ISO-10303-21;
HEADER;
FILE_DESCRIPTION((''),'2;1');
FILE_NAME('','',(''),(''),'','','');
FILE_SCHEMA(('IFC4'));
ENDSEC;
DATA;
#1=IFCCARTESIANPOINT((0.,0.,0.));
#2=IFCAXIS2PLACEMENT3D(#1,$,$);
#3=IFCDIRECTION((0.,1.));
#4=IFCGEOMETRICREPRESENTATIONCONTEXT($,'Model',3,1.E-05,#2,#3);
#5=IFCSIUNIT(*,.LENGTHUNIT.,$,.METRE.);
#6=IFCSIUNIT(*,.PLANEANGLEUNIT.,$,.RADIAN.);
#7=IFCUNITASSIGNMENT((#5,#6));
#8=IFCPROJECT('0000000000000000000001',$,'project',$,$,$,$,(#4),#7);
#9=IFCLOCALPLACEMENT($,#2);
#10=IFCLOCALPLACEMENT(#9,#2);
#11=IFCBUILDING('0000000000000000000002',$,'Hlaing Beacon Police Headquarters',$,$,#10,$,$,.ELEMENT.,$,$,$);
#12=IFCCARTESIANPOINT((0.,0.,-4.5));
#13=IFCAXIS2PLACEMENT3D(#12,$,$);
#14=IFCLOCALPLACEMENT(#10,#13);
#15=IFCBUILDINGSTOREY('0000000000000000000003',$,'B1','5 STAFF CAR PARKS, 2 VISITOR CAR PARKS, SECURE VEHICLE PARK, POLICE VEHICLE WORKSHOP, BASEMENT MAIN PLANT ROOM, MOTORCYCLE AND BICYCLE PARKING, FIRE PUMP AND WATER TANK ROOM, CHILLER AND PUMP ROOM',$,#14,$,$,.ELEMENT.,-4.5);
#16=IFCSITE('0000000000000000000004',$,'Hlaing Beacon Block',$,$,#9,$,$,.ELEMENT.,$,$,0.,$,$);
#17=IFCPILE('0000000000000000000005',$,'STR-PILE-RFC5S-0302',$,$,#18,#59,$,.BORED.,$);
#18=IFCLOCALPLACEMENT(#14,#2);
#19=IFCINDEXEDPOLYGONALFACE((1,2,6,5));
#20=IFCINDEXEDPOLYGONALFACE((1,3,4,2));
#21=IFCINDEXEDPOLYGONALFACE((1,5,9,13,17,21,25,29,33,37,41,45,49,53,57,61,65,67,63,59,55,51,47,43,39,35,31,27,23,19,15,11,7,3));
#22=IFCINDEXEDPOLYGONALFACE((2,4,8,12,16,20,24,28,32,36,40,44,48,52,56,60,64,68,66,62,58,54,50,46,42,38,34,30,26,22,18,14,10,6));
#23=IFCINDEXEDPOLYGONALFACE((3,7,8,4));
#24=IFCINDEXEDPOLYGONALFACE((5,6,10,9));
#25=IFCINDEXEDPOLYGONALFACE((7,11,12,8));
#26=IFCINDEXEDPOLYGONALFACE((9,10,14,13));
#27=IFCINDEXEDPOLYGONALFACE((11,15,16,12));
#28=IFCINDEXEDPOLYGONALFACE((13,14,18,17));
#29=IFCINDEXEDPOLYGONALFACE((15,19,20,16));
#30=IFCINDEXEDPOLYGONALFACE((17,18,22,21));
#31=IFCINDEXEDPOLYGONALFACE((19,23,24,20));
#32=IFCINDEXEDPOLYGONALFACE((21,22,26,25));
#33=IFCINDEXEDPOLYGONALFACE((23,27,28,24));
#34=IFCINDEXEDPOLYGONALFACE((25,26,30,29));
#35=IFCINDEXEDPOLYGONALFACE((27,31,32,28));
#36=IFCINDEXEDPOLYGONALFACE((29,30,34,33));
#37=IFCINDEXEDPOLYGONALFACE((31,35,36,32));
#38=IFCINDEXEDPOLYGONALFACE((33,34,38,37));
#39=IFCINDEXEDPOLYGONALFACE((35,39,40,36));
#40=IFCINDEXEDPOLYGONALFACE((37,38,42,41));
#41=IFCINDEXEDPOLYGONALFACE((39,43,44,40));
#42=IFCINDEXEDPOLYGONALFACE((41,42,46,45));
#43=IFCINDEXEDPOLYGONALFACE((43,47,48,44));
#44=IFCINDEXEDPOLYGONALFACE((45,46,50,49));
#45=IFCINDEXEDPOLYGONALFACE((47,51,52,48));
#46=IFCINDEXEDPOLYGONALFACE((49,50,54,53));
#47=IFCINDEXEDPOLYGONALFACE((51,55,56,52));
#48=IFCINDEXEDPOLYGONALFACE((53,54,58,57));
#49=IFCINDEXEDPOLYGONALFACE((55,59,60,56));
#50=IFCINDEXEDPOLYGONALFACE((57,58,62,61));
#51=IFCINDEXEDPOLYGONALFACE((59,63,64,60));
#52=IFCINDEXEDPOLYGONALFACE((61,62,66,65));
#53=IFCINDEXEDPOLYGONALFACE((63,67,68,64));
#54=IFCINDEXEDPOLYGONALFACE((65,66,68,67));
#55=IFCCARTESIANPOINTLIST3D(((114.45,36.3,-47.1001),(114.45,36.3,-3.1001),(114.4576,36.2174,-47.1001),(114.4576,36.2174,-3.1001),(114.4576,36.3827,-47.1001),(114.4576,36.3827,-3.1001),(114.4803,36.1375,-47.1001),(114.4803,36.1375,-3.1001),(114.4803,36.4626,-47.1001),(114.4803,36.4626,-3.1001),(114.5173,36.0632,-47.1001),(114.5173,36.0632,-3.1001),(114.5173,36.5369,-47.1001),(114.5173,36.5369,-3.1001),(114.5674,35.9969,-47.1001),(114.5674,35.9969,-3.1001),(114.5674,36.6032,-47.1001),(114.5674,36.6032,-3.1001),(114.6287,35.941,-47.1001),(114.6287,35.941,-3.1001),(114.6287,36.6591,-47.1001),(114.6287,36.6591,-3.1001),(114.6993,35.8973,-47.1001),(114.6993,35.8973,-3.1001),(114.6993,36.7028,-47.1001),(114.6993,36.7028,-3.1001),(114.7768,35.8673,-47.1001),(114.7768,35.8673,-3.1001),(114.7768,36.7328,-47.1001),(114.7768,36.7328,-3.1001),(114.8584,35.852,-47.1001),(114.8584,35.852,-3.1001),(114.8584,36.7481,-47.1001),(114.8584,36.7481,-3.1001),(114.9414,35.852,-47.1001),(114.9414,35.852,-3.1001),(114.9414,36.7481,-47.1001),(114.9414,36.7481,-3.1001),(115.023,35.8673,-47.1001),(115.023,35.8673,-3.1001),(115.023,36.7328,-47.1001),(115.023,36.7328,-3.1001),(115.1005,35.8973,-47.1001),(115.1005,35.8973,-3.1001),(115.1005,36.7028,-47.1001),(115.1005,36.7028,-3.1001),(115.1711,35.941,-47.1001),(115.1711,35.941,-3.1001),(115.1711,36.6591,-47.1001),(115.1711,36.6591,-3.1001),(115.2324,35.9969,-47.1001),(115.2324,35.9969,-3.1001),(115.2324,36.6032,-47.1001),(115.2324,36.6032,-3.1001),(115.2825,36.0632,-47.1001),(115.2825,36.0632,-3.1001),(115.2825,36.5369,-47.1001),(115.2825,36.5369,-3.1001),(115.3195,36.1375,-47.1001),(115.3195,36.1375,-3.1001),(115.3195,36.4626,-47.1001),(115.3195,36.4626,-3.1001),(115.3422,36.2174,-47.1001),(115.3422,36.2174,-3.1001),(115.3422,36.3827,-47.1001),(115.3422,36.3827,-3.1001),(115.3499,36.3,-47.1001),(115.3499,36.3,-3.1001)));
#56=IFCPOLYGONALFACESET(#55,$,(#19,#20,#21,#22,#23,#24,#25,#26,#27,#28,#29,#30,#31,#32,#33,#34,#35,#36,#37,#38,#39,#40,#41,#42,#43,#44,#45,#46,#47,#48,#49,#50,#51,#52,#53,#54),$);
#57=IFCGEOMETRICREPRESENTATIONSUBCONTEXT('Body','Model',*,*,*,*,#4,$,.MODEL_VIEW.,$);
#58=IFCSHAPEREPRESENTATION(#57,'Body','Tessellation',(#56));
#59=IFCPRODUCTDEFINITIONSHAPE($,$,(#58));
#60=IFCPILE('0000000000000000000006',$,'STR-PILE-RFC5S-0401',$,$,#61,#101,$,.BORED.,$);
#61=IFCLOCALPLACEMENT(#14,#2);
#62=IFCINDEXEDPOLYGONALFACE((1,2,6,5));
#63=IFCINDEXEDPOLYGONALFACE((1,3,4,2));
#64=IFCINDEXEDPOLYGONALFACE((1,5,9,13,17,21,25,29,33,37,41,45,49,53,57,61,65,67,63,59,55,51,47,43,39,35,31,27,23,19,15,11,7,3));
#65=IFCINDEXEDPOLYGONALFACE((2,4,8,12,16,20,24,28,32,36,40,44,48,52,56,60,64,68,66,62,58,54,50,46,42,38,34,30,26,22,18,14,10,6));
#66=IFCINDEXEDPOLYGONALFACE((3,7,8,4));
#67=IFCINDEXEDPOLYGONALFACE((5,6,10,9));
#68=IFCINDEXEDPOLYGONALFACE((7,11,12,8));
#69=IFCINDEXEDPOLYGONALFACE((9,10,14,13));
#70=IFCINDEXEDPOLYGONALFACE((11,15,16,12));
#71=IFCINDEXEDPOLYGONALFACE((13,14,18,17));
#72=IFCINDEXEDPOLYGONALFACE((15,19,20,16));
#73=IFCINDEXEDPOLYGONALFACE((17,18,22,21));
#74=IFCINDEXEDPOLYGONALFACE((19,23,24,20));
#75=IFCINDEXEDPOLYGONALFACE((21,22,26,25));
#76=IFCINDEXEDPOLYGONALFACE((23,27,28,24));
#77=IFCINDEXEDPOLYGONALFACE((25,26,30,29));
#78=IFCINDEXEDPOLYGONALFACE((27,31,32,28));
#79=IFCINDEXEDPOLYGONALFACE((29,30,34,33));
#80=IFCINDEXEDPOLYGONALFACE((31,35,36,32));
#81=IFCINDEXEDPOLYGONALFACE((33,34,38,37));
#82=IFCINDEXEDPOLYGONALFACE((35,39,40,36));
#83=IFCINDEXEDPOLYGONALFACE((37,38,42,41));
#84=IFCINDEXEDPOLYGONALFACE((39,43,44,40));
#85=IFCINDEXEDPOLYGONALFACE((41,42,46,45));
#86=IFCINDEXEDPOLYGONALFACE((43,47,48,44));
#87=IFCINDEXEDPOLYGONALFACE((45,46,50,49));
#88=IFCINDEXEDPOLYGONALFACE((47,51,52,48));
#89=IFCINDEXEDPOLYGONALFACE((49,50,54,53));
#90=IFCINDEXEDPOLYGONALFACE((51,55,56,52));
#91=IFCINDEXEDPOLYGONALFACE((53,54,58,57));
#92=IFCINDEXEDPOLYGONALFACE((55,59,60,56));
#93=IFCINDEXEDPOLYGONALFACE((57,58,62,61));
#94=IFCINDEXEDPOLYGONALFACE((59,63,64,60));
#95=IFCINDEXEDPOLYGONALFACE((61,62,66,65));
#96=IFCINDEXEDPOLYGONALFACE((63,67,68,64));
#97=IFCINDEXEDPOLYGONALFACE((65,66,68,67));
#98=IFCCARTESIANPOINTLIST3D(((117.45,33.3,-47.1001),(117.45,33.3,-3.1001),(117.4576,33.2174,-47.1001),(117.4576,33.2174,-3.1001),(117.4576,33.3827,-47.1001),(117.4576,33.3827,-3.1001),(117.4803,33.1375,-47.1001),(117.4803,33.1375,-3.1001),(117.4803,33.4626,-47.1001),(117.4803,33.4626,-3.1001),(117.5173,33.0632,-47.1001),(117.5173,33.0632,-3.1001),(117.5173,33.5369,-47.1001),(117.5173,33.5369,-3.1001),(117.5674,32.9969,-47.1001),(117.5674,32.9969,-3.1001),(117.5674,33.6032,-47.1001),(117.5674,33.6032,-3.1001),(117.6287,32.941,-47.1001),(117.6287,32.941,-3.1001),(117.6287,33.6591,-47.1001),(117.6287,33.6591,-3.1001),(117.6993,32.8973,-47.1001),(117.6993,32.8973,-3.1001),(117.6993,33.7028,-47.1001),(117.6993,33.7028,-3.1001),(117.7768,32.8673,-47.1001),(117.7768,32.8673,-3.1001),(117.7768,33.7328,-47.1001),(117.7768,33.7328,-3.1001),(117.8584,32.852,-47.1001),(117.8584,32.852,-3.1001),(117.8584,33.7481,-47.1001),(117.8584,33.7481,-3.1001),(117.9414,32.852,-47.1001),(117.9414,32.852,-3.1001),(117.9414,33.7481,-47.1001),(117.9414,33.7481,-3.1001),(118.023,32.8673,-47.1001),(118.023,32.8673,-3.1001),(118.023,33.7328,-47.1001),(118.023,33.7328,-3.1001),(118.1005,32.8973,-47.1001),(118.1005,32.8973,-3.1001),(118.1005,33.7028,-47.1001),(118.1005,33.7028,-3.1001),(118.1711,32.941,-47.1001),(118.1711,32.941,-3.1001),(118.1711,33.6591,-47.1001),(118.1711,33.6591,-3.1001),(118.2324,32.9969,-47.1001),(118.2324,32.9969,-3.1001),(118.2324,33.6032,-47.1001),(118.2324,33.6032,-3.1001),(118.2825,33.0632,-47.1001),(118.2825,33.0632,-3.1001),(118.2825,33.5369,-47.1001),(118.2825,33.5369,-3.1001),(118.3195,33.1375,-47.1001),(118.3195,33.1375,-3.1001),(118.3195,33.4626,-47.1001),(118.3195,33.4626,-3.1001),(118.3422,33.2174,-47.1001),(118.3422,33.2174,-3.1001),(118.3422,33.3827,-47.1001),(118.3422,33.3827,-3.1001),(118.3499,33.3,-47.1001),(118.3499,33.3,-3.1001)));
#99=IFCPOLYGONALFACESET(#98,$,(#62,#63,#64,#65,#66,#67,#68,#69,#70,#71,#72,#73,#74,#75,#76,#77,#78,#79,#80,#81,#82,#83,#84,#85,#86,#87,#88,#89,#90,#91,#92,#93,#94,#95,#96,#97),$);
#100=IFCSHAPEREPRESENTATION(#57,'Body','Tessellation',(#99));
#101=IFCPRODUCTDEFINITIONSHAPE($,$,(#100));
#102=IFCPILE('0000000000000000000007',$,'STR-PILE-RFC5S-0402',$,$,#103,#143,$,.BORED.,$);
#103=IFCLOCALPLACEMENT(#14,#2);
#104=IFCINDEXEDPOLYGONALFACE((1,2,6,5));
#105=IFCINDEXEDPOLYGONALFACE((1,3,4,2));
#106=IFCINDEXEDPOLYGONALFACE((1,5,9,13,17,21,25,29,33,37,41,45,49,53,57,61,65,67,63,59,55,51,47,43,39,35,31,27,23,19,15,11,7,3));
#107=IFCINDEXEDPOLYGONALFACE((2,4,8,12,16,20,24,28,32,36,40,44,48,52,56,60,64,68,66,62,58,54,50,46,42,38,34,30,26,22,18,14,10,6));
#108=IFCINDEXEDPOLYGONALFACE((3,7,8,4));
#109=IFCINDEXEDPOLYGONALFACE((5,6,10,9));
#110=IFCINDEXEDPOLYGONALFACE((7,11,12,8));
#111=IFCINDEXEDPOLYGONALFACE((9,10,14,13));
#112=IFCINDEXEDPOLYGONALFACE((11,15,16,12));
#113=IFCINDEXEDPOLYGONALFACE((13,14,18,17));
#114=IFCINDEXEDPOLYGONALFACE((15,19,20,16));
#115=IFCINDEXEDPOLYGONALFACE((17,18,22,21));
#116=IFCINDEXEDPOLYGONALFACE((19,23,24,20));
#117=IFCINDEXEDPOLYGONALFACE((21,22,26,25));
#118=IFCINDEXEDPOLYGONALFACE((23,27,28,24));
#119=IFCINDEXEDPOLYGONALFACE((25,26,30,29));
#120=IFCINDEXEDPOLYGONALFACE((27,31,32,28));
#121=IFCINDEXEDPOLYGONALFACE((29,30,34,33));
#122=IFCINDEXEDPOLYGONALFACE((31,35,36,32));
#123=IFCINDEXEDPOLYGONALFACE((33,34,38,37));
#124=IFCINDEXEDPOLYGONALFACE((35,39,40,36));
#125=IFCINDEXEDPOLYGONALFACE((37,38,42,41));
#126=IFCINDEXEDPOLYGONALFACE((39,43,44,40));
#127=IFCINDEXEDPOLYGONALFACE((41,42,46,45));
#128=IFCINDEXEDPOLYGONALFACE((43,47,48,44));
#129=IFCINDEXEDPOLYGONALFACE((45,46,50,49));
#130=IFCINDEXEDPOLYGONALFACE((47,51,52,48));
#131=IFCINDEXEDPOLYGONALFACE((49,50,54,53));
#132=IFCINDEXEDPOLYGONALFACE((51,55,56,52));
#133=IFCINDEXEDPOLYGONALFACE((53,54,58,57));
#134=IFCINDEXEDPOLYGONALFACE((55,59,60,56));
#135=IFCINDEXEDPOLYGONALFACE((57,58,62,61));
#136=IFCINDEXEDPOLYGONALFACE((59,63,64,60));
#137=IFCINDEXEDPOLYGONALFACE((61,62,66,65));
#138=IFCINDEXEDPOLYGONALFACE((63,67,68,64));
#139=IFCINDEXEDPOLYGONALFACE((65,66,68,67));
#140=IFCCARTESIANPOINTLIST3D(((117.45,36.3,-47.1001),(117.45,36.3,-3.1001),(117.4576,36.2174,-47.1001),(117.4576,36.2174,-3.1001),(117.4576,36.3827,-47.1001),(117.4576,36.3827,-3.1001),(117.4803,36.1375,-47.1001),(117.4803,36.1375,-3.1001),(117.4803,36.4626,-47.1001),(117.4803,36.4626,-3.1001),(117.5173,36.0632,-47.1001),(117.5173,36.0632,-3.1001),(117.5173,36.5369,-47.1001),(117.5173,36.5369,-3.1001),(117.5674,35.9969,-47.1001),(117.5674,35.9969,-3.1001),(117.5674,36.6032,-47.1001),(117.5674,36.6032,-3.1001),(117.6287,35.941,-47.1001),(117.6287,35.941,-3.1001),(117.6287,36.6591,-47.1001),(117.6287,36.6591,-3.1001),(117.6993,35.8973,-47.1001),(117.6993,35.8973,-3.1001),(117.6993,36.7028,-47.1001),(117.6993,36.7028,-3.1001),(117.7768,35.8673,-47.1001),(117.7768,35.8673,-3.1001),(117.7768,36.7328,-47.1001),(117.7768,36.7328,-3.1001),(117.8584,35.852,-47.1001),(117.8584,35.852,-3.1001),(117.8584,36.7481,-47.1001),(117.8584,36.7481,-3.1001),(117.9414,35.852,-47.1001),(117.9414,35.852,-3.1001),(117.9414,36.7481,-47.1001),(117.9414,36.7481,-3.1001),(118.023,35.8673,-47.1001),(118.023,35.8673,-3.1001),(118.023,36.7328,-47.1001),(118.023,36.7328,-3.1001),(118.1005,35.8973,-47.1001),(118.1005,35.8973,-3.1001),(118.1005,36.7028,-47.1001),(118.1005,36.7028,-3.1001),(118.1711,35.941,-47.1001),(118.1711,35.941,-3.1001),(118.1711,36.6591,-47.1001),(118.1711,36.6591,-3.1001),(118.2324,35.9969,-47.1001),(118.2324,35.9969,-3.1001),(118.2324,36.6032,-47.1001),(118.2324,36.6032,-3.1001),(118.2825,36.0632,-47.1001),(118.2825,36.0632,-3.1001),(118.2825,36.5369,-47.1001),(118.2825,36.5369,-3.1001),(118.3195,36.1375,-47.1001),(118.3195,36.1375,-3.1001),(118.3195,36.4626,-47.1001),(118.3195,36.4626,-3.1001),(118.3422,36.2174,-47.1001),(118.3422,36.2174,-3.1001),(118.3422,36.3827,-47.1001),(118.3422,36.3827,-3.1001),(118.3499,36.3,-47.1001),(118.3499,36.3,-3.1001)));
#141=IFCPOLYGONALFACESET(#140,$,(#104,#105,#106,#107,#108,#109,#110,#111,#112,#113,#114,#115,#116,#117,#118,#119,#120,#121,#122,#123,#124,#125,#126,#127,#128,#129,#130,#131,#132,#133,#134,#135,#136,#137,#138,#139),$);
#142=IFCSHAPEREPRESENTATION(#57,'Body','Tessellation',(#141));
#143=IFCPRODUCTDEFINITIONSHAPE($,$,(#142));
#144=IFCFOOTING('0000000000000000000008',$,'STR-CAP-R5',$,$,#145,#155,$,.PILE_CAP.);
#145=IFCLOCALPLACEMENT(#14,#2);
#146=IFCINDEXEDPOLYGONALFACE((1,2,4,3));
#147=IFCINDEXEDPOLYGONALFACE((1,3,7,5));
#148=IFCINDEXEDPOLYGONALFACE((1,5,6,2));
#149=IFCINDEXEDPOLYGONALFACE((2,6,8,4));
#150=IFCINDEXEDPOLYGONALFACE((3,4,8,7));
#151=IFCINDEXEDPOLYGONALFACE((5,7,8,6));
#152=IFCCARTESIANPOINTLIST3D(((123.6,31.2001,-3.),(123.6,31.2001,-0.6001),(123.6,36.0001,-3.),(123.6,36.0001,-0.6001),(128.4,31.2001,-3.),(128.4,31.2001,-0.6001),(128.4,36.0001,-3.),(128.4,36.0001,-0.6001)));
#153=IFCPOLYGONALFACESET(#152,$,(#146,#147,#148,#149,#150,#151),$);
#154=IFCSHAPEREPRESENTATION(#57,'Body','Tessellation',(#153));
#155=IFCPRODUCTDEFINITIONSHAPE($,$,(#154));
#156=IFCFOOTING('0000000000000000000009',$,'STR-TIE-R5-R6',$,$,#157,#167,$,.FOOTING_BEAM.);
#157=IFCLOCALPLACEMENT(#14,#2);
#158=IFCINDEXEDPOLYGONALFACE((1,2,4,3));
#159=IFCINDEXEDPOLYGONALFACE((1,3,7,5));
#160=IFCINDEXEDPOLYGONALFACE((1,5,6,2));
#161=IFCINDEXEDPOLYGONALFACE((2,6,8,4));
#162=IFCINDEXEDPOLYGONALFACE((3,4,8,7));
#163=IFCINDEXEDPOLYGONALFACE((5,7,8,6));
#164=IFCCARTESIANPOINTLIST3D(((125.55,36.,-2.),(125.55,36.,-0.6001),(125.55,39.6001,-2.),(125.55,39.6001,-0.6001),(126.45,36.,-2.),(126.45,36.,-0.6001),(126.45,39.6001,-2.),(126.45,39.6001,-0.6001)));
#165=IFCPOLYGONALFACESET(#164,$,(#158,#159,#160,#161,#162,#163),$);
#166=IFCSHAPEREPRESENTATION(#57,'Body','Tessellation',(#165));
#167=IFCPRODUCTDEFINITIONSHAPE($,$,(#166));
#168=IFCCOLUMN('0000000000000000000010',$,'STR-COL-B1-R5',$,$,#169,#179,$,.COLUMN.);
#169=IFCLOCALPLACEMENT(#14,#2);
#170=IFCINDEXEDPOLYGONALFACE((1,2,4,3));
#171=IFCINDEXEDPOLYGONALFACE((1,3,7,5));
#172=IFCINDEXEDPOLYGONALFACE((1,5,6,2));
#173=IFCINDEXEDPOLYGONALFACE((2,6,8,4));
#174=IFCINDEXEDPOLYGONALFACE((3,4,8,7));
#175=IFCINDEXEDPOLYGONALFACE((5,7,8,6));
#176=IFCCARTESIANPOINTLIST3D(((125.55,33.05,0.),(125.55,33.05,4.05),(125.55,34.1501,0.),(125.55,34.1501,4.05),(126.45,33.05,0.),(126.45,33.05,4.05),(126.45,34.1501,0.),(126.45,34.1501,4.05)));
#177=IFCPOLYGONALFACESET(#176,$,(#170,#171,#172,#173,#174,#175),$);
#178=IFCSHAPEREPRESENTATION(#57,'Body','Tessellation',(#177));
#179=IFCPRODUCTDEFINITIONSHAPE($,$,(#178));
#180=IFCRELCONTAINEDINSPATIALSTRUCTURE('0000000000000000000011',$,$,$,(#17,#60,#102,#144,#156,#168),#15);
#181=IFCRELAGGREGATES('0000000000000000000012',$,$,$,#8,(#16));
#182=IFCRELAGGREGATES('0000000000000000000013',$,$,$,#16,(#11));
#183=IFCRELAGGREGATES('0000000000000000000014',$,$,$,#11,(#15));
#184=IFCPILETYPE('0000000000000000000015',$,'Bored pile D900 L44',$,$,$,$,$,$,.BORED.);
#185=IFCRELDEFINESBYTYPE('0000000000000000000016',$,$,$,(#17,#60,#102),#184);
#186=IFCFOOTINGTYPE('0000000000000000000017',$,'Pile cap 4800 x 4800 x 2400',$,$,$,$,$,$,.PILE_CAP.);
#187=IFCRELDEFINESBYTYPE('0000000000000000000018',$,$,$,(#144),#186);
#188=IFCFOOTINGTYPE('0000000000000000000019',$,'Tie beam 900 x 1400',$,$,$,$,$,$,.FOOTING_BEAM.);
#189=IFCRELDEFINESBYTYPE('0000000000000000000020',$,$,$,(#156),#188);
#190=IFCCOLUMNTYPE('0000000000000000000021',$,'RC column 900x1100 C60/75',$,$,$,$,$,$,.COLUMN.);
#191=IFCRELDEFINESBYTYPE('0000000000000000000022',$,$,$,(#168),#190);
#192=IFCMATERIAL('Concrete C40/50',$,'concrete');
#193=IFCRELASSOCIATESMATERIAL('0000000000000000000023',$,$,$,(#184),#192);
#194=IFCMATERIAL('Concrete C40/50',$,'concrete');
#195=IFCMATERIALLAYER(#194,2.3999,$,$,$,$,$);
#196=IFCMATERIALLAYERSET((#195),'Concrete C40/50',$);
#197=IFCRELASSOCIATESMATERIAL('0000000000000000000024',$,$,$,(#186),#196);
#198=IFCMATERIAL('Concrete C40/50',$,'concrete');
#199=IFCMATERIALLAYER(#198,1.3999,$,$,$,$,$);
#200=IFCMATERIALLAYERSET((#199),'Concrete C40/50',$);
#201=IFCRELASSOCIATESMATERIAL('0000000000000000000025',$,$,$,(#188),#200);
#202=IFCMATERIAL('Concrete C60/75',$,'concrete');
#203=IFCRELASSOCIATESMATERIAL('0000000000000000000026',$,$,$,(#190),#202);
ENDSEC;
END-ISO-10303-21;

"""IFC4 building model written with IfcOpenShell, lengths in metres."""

from ifc_helpers import new_model, si_unit, direction, frame, origin, origin_2d, place, context, subcontext, project, spatial, rectangle, circle, extrude, material, layer, layer_set, material_profile, profile_set, type_object, element, save


model = new_model("IFC4")

# Units and contexts
model_context = context("Model", 3, precision=1e-05, world=origin(), true_north=direction((0.0, 1.0)))
body_context = subcontext(model_context, "Body", "Model", "MODEL_VIEW")
ifc_project = project(units=[si_unit("LENGTHUNIT", "METRE"), si_unit("PLANEANGLEUNIT", "RADIAN")], contexts=[model_context])

# Site, building, storey
site_placement = place(None, origin())
site = spatial("IfcSite", under=ifc_project, at=site_placement, Name="Hlaing Beacon Block", CompositionType="ELEMENT", RefElevation=0.0)
building_placement = place(site_placement, origin())
building = spatial("IfcBuilding", under=site, at=building_placement, Name="Hlaing Beacon Police Headquarters", CompositionType="ELEMENT")
storey_placement = place(building_placement, frame((0.0, 0.0, -4.5)))
storey = spatial("IfcBuildingStorey", under=building, at=storey_placement, Name="B1", Description="5 STAFF CAR PARKS, 2 VISITOR CAR PARKS, SECURE VEHICLE PARK, POLICE VEHICLE WORKSHOP, BASEMENT MAIN PLANT ROOM, MOTORCYCLE AND BICYCLE PARKING, FIRE PUMP AND WATER TANK ROOM, CHILLER AND PUMP ROOM", CompositionType="ELEMENT", Elevation=-4.5)

# Piles
ifc_material_1 = material(Name="Concrete C40/50", Category="concrete")
ifc_material_profile_1 = material_profile(ifc_material_1, circle(Radius=0.45, at=origin_2d()), Name="D900")
ifc_profile_set_1 = profile_set([ifc_material_profile_1], Name="Concrete C40/50")
pile_type = type_object("IfcPileType", Name="Bored pile D900 L44", PredefinedType="BORED", material=ifc_profile_set_1)
for number, where, z_axis, x_axis, name in (
    (1, (114.8999, 36.3, -3.1001), (0.0, 0.0, -1.0), (1.0, 0.0, 0.0), "STR-PILE-RFC5S-0302"),
    (2, (117.8999, 33.3, -3.1001), (0.0, 0.0, -1.0), (1.0, 0.0, 0.0), "STR-PILE-RFC5S-0401"),
    (3, (117.8999, 36.3, -3.1001), (0.0, 0.0, -1.0), (1.0, 0.0, 0.0), "STR-PILE-RFC5S-0402"),
):
    element("IfcPile", number, at=place(storey_placement, frame(where, z_axis=z_axis, x_axis=x_axis)), inside=storey, type_object=pile_type, Name=name, PredefinedType="BORED", context=body_context, shape_type="SweptSolid", body=[
        extrude(circle(Radius=0.45, at=origin_2d()), origin(), (0.0, 0.0, 1.0), 44.0),
    ])

# Footings
ifc_material_2 = material(Name="Concrete C40/50", Category="concrete")
ifc_layer_1 = layer(ifc_material_2, 2.3999)
ifc_layer_set_1 = layer_set([ifc_layer_1], Name="Concrete C40/50")
footing_type_1 = type_object("IfcFootingType", Name="Pile cap 4800 x 4800 x 2400", PredefinedType="PILE_CAP", material=ifc_layer_set_1)
footing_1_placement = place(storey_placement, frame((126.0, 33.6001, -3.0), z_axis=(0.0, 0.0, 1.0), x_axis=(1.0, 0.0, 0.0)))
element("IfcFooting", 4, at=footing_1_placement, inside=storey, type_object=footing_type_1, Name="STR-CAP-R5", PredefinedType="PILE_CAP", context=body_context, shape_type="SweptSolid", body=[
    extrude(rectangle(XDim=4.8, YDim=4.8, at=origin_2d()), origin(), (0.0, 0.0, 1.0), 2.3999),
])
ifc_material_3 = material(Name="Concrete C40/50", Category="concrete")
ifc_layer_2 = layer(ifc_material_3, 1.3999)
ifc_layer_set_2 = layer_set([ifc_layer_2], Name="Concrete C40/50")
footing_type_2 = type_object("IfcFootingType", Name="Tie beam 900 x 1400", PredefinedType="FOOTING_BEAM", material=ifc_layer_set_2)
footing_2_placement = place(storey_placement, frame((126.0, 37.8, -2.0), z_axis=(0.0, 0.0, 1.0), x_axis=(1.0, 0.0, 0.0)))
element("IfcFooting", 5, at=footing_2_placement, inside=storey, type_object=footing_type_2, Name="STR-TIE-R5-R6", PredefinedType="FOOTING_BEAM", context=body_context, shape_type="SweptSolid", body=[
    extrude(rectangle(XDim=0.8999, YDim=3.6001, at=origin_2d()), origin(), (0.0, 0.0, 1.0), 1.3999),
])

# Column
ifc_material_4 = material(Name="Concrete C60/75", Category="concrete")
ifc_material_profile_2 = material_profile(ifc_material_4, rectangle(XDim=0.8999, YDim=1.1001, at=origin_2d()), Name="900x1100")
ifc_profile_set_2 = profile_set([ifc_material_profile_2], Name="Concrete C60/75")
column_type = type_object("IfcColumnType", Name="RC column 900x1100 C60/75", PredefinedType="COLUMN", material=ifc_profile_set_2)
column_placement = place(storey_placement, frame((126.0, 33.6001, 0.0), z_axis=(0.0, 0.0, 1.0), x_axis=(1.0, 0.0, 0.0)))
element("IfcColumn", 6, at=column_placement, inside=storey, type_object=column_type, Name="STR-COL-B1-R5", PredefinedType="COLUMN", context=body_context, shape_type="SweptSolid", body=[
    extrude(rectangle(XDim=0.8999, YDim=1.1001, at=origin_2d()), origin(), (0.0, 0.0, 1.0), 4.05),
])

save(model, "model.ifc")
